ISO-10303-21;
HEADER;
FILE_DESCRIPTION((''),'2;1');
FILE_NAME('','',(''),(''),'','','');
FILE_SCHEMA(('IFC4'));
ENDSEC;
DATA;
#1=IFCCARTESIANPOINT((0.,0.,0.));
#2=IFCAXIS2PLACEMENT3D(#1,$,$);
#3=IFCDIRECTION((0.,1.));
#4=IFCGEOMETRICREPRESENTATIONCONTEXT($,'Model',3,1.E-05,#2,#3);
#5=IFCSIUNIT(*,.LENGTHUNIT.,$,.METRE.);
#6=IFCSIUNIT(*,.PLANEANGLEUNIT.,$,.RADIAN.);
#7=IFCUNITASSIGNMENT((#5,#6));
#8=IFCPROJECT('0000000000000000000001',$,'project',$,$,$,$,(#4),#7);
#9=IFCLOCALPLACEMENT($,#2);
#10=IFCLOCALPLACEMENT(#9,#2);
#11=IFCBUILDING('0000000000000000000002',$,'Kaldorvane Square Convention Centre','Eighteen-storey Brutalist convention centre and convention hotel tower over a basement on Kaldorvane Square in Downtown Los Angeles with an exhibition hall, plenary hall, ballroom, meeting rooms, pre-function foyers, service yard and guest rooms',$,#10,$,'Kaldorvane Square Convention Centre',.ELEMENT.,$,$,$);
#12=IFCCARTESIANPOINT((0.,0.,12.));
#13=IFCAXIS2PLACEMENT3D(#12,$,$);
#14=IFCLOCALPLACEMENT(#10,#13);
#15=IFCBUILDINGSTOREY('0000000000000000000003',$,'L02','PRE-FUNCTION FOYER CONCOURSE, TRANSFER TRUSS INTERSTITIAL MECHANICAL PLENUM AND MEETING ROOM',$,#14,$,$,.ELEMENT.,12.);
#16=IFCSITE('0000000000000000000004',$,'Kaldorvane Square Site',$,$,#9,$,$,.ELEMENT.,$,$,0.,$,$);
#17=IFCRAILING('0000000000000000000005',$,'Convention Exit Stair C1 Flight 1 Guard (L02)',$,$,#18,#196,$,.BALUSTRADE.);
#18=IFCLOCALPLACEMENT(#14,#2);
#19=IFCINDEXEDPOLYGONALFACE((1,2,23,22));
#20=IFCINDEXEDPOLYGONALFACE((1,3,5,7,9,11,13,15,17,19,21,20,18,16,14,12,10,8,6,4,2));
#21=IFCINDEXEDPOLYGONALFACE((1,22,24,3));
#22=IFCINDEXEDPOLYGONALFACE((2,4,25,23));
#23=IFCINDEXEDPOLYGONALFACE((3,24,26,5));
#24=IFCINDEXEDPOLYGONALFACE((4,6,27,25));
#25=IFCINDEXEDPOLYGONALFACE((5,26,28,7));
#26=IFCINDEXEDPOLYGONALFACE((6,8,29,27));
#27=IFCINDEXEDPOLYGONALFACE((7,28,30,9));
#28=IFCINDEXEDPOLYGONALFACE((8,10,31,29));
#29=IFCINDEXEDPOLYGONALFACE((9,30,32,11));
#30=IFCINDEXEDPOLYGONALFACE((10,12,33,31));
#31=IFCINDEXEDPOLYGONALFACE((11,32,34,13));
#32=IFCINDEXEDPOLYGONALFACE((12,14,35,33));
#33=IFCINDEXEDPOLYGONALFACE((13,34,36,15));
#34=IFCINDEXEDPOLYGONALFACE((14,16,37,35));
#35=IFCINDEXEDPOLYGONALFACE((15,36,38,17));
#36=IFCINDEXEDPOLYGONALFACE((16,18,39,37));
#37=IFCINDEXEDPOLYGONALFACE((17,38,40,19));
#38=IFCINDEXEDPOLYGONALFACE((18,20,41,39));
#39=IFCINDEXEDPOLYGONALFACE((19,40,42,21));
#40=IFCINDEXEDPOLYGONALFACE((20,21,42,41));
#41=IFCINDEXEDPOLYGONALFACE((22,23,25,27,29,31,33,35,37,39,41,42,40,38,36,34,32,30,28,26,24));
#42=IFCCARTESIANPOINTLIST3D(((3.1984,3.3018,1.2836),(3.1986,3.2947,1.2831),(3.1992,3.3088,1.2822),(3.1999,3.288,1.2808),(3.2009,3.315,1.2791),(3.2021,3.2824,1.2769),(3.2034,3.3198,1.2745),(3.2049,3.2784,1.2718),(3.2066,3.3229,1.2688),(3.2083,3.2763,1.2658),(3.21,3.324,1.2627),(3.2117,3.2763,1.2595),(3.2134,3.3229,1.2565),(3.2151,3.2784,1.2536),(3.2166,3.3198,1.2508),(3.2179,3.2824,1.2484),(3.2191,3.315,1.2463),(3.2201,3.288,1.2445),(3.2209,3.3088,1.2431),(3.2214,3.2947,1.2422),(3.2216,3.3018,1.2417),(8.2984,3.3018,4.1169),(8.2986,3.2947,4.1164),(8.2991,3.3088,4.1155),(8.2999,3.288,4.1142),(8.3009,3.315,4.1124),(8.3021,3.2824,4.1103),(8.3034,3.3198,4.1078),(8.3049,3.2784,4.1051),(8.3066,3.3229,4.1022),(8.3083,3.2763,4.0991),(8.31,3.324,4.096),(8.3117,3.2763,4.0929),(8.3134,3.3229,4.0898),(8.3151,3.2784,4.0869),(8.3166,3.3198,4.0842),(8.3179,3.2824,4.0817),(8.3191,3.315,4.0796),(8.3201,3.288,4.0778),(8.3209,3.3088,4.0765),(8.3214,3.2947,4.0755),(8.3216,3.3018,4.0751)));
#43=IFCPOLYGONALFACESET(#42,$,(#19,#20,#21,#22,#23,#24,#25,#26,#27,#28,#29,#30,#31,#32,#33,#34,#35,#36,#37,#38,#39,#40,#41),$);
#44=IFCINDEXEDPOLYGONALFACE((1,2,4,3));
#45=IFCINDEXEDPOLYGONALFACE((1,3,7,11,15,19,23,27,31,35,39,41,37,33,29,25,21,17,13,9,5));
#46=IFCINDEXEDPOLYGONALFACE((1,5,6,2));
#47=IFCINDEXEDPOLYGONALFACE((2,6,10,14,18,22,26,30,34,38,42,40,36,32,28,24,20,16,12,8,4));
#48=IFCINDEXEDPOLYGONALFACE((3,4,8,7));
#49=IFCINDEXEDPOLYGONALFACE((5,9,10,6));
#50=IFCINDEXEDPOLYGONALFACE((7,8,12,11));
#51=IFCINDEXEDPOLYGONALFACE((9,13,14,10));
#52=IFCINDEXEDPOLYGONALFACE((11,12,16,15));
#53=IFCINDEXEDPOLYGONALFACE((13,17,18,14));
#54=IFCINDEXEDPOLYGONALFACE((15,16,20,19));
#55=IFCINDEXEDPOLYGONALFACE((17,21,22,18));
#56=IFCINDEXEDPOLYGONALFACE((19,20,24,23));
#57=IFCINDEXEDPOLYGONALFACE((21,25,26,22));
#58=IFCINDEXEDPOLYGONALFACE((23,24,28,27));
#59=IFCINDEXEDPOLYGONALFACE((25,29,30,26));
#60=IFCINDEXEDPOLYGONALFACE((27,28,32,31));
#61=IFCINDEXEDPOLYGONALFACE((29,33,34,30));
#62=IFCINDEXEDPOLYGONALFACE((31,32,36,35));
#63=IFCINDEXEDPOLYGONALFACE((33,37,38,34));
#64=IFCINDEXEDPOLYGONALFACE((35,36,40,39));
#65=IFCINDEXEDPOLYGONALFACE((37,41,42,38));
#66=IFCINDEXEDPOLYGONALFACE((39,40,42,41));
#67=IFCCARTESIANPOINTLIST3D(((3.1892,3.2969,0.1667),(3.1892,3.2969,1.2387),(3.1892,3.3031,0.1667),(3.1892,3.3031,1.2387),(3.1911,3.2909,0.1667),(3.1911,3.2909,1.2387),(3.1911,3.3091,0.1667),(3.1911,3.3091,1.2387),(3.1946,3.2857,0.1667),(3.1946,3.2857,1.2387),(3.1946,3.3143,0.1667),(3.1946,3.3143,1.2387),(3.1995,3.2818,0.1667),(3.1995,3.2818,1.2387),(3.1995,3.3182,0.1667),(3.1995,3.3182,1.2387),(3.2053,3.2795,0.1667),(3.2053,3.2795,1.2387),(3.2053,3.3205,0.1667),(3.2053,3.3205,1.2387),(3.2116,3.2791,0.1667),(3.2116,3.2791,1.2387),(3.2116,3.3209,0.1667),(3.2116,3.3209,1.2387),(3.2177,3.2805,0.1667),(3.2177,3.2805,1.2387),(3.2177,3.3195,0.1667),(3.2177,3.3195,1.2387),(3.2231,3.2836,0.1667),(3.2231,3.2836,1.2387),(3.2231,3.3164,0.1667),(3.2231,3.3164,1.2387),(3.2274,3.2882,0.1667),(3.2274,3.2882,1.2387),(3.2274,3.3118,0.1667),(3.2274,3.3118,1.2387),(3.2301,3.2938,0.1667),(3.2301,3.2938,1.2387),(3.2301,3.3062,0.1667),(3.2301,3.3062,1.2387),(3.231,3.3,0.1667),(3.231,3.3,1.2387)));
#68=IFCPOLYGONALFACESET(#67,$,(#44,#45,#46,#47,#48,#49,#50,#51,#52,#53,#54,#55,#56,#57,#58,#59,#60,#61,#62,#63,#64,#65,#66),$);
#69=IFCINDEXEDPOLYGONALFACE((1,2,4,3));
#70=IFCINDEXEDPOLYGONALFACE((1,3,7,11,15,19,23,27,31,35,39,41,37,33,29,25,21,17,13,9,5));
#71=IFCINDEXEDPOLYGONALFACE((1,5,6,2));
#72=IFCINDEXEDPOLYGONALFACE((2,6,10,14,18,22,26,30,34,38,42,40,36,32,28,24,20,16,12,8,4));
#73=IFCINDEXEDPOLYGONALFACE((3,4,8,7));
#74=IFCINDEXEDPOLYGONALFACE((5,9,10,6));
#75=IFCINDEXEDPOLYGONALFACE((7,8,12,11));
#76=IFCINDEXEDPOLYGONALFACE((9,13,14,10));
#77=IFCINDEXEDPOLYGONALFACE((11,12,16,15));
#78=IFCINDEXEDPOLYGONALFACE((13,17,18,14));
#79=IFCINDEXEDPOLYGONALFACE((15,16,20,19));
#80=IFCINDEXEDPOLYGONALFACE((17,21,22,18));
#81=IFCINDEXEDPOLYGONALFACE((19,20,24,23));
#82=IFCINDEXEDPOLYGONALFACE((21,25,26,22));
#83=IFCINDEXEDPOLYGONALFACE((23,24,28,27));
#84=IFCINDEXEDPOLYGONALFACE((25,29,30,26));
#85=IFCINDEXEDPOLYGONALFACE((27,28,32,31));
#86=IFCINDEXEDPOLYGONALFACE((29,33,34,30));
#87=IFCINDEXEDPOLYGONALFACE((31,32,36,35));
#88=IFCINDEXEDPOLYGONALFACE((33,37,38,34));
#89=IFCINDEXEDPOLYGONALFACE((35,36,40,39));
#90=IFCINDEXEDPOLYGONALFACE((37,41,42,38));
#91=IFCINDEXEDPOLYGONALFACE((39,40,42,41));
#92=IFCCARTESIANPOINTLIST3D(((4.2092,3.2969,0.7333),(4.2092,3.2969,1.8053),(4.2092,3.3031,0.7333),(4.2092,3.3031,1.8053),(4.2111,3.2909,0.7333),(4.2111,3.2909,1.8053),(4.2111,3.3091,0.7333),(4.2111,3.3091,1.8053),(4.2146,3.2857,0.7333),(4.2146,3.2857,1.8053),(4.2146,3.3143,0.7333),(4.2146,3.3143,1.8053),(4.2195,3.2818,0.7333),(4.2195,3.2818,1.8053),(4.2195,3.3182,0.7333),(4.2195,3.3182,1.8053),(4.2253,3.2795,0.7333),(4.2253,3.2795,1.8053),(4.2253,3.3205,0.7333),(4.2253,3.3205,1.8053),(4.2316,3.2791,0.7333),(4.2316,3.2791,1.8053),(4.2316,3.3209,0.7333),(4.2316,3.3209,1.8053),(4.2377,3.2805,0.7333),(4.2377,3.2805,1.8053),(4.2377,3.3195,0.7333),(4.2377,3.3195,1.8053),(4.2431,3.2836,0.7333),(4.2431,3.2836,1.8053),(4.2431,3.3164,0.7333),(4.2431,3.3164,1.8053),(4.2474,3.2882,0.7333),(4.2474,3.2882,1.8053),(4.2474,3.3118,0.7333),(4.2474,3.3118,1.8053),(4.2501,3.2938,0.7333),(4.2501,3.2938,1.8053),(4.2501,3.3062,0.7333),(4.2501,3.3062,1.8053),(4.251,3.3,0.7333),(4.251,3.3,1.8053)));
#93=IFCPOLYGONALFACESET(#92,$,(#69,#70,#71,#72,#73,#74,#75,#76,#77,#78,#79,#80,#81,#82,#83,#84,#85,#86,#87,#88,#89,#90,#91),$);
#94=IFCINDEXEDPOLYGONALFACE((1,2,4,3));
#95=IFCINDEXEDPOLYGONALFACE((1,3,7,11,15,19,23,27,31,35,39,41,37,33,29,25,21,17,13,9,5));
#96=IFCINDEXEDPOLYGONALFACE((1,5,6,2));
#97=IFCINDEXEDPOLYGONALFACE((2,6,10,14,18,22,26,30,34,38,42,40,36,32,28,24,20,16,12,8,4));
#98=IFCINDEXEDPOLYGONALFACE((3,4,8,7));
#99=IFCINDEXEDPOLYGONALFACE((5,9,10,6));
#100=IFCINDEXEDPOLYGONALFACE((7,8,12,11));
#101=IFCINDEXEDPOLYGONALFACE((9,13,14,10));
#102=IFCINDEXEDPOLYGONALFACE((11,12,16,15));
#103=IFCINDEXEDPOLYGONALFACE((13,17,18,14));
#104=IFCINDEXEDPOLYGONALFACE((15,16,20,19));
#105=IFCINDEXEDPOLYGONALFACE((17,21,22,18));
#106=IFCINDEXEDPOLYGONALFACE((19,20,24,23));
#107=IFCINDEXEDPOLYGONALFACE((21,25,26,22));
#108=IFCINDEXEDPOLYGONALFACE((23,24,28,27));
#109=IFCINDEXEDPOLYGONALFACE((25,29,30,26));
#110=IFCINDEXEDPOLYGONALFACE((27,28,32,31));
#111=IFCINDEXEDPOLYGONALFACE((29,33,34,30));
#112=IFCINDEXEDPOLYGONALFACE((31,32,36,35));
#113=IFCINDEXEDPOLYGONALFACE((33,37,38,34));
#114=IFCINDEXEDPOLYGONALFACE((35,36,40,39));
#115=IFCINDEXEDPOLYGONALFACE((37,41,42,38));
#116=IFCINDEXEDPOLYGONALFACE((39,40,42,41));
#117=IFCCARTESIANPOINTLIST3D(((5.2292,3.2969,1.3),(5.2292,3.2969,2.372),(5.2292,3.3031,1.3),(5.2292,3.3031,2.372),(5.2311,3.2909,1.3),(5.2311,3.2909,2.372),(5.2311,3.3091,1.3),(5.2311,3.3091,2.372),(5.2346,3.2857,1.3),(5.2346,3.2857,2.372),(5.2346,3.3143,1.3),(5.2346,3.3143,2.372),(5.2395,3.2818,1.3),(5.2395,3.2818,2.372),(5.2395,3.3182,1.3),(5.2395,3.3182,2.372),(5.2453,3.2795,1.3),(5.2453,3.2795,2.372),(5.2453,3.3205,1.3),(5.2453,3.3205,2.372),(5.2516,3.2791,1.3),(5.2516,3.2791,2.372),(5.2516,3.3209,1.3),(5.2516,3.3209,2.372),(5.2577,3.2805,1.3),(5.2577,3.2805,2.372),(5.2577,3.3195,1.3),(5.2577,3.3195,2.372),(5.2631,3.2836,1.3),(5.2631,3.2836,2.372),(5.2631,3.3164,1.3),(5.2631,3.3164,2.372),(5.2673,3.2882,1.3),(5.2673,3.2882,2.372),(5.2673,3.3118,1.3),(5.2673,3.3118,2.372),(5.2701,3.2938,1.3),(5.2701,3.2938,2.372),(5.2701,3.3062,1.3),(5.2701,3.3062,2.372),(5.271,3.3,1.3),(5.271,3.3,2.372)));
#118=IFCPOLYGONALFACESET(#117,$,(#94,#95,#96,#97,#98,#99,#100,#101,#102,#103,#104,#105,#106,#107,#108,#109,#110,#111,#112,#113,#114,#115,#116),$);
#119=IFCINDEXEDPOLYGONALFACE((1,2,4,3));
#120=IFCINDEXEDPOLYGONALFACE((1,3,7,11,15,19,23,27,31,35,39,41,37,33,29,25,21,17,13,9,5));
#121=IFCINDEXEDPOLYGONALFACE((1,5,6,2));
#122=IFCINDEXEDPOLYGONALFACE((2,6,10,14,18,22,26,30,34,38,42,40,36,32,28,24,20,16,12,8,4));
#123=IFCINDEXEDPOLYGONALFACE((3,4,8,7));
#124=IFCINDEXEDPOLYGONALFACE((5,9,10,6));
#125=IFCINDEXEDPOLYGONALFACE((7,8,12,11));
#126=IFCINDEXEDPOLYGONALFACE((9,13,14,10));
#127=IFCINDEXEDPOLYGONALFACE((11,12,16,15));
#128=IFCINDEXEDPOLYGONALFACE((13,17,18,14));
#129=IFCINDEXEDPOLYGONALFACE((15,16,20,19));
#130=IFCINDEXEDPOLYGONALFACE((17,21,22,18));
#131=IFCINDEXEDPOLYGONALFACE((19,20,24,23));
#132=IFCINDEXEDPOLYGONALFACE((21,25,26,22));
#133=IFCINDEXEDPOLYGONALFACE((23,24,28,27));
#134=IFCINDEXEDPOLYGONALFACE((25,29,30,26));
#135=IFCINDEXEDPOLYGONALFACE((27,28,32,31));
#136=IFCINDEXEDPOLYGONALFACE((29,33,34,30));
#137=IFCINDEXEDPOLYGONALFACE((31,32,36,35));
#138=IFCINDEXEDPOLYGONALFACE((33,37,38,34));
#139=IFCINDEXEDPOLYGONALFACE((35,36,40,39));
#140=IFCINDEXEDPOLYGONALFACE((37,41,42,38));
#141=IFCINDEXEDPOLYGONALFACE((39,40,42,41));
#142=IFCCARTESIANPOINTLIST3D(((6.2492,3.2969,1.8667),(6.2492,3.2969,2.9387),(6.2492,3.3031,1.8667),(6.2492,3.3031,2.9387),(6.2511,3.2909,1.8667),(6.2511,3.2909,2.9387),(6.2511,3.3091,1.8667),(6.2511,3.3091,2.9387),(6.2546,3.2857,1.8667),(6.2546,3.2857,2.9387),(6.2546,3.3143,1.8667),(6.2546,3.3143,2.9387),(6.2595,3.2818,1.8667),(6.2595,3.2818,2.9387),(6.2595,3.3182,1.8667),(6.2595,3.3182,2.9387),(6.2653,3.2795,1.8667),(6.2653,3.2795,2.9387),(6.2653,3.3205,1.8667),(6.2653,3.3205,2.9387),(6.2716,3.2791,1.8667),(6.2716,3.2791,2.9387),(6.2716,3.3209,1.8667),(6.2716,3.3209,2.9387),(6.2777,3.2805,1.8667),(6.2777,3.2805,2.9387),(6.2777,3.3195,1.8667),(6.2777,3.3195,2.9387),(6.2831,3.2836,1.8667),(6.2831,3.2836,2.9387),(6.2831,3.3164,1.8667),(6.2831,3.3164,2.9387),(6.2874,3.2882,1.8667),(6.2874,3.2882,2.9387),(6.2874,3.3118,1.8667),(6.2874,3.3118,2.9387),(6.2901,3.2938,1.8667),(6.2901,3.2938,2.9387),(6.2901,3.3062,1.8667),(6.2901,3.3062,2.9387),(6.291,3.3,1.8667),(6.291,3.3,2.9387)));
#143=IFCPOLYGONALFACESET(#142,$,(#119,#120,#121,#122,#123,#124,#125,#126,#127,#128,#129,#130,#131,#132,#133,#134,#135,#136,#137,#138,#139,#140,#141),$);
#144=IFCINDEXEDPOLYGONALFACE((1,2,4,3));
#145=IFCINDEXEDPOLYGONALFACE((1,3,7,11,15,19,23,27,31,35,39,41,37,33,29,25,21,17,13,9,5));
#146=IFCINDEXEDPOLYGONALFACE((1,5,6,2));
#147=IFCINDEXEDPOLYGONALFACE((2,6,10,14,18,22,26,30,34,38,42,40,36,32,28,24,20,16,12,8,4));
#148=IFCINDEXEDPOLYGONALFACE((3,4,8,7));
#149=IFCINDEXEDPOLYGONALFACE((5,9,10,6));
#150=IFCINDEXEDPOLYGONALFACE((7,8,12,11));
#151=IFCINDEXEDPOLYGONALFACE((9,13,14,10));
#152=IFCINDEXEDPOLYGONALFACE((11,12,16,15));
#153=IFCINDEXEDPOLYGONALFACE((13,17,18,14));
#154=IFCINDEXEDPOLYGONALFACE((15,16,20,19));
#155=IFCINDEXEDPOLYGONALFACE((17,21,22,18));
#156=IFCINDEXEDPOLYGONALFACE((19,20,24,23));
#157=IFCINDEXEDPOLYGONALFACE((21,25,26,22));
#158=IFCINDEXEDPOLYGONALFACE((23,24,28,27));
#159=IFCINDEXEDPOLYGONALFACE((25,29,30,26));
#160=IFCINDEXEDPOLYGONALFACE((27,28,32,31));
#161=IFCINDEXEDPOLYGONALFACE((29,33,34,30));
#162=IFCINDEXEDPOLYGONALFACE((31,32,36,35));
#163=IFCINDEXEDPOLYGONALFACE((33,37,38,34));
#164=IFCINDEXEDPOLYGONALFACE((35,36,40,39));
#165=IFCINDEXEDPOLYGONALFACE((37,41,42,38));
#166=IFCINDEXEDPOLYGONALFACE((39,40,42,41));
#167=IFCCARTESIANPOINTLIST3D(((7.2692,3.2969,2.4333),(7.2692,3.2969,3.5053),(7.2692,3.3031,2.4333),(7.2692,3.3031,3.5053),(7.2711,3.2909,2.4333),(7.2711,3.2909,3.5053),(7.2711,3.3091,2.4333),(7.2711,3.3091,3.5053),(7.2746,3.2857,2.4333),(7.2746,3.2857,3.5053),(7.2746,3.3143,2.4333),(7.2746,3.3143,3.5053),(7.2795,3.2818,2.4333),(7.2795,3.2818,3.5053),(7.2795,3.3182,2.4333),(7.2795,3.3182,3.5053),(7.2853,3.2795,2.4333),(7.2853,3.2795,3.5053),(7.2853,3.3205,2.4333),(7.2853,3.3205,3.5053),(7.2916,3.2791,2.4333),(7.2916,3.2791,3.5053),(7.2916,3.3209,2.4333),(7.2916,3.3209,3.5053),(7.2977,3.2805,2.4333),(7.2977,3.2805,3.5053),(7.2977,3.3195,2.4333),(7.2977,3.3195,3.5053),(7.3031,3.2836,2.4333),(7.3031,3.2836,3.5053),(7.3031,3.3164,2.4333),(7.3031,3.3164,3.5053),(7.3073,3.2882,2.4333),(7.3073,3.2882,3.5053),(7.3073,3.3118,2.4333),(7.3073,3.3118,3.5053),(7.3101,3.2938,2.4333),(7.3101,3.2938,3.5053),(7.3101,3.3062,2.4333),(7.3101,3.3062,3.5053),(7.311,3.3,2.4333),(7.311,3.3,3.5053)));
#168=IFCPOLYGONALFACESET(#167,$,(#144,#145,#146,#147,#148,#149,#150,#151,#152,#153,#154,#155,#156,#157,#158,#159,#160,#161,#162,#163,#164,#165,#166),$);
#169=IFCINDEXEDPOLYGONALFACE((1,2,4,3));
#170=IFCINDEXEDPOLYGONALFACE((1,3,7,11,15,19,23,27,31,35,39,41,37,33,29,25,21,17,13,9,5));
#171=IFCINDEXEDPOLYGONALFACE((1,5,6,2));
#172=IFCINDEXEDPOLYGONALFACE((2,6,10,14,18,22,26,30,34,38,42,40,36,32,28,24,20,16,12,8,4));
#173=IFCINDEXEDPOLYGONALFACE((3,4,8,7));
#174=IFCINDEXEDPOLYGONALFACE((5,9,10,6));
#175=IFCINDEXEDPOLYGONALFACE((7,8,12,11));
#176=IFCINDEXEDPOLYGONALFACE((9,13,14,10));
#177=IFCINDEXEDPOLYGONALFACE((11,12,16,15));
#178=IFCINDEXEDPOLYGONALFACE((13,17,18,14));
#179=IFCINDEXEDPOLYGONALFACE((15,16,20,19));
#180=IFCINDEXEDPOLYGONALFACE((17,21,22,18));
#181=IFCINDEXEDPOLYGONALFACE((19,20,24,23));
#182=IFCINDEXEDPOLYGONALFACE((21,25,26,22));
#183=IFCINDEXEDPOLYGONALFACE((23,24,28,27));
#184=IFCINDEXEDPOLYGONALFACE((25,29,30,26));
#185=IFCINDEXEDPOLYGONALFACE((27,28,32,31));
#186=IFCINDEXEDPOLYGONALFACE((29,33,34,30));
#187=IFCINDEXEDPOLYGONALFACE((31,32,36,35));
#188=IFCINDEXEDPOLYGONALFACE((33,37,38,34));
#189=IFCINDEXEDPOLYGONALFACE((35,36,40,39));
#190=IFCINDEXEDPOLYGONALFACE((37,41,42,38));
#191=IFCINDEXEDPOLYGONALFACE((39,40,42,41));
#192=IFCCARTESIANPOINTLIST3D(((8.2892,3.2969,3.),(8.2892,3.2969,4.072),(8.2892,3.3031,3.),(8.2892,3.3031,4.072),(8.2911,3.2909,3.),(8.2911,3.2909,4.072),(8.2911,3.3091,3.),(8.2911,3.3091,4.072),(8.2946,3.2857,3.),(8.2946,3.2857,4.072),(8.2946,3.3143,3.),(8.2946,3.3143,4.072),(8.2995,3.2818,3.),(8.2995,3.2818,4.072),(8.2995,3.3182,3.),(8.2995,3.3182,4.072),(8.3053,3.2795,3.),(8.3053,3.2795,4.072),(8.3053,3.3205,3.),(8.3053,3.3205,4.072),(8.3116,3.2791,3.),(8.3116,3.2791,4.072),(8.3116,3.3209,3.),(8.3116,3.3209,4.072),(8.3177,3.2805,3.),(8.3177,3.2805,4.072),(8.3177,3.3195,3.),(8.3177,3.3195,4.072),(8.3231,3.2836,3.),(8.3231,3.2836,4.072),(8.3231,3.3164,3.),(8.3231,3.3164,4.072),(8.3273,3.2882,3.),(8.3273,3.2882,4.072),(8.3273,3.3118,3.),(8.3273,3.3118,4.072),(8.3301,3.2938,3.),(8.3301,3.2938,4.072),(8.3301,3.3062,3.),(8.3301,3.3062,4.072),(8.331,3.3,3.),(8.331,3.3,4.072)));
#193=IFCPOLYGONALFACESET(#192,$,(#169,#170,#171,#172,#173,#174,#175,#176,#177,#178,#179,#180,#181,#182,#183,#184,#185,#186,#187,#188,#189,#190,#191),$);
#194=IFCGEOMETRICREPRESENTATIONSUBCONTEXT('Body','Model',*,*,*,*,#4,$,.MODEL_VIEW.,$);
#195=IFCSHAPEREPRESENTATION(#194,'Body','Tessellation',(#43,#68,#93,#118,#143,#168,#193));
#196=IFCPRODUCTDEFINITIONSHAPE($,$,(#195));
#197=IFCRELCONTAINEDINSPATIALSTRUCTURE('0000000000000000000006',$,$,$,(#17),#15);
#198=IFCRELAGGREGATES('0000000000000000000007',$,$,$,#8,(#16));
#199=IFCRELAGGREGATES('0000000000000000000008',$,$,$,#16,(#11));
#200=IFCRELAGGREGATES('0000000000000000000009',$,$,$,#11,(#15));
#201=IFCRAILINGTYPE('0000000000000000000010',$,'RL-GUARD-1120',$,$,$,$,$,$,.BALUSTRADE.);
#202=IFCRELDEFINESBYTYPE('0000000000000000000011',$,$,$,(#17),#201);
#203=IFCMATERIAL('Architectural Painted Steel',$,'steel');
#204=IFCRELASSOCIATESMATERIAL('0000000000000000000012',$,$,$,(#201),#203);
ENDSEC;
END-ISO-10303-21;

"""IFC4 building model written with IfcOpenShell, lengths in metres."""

from ifc_helpers import new_model, si_unit, direction, frame, origin, origin_2d, place, context, subcontext, project, spatial, circle, extrude, material, type_object, element, save


model = new_model("IFC4")

# Units and contexts
model_context = context("Model", 3, precision=1e-05, world=origin(), true_north=direction((0.0, 1.0)))
body_context = subcontext(model_context, "Body", "Model", "MODEL_VIEW")
ifc_project = project(units=[si_unit("LENGTHUNIT", "METRE"), si_unit("PLANEANGLEUNIT", "RADIAN")], contexts=[model_context])

# Site, building, storey
site_placement = place(None, origin())
site = spatial("IfcSite", under=ifc_project, at=site_placement, Name="Kaldorvane Square Site", CompositionType="ELEMENT", RefElevation=0.0)
building_placement = place(site_placement, origin())
building = spatial("IfcBuilding", under=site, at=building_placement, Name="Kaldorvane Square Convention Centre", Description="Eighteen-storey Brutalist convention centre and convention hotel tower over a basement on Kaldorvane Square in Downtown Los Angeles with an exhibition hall, plenary hall, ballroom, meeting rooms, pre-function foyers, service yard and guest rooms", LongName="Kaldorvane Square Convention Centre", CompositionType="ELEMENT")
storey_placement = place(building_placement, frame((0.0, 0.0, 12.0)))
storey = spatial("IfcBuildingStorey", under=building, at=storey_placement, Name="L02", Description="PRE-FUNCTION FOYER CONCOURSE, TRANSFER TRUSS INTERSTITIAL MECHANICAL PLENUM AND MEETING ROOM", CompositionType="ELEMENT", Elevation=12.0)

# Railing
ifc_material_1 = material(Name="Architectural Painted Steel", Category="steel")
railing_type_1 = type_object("IfcRailingType", Name="RL-GUARD-1120", PredefinedType="BALUSTRADE", material=ifc_material_1)
railing_1_placement = place(storey_placement, frame((3.21, 3.3, 0.1667)))
element("IfcRailing", 1, at=railing_1_placement, inside=storey, type_object=railing_type_1, Name="Convention Exit Stair C1 Flight 1 Guard (L02)", PredefinedType="BALUSTRADE", context=body_context, shape_type="SweptSolid", body=[
    extrude(circle(Radius=0.024, at=origin_2d()), frame((0.0, 0.0, 1.096), z_axis=(0.874157, 0.0, 0.485643), x_axis=(0.0, 1.0, 0.0)), (0.0, 0.0, 1.0), 5.8342),
    extrude(circle(Radius=0.021, at=origin_2d()), origin(), (0.0, 0.0, 1.0), 1.072),
    extrude(circle(Radius=0.021, at=origin_2d()), frame((1.02, 0.0, 0.5667)), (0.0, 0.0, 1.0), 1.072),
    extrude(circle(Radius=0.021, at=origin_2d()), frame((2.04, 0.0, 1.1333)), (0.0, 0.0, 1.0), 1.072),
    extrude(circle(Radius=0.021, at=origin_2d()), frame((3.06, 0.0, 1.7)), (0.0, 0.0, 1.0), 1.072),
    extrude(circle(Radius=0.021, at=origin_2d()), frame((4.08, 0.0, 2.2667)), (0.0, 0.0, 1.0), 1.072),
    extrude(circle(Radius=0.021, at=origin_2d()), frame((5.1, 0.0, 2.8333)), (0.0, 0.0, 1.0), 1.072),
])

save(model, "model.ifc")
